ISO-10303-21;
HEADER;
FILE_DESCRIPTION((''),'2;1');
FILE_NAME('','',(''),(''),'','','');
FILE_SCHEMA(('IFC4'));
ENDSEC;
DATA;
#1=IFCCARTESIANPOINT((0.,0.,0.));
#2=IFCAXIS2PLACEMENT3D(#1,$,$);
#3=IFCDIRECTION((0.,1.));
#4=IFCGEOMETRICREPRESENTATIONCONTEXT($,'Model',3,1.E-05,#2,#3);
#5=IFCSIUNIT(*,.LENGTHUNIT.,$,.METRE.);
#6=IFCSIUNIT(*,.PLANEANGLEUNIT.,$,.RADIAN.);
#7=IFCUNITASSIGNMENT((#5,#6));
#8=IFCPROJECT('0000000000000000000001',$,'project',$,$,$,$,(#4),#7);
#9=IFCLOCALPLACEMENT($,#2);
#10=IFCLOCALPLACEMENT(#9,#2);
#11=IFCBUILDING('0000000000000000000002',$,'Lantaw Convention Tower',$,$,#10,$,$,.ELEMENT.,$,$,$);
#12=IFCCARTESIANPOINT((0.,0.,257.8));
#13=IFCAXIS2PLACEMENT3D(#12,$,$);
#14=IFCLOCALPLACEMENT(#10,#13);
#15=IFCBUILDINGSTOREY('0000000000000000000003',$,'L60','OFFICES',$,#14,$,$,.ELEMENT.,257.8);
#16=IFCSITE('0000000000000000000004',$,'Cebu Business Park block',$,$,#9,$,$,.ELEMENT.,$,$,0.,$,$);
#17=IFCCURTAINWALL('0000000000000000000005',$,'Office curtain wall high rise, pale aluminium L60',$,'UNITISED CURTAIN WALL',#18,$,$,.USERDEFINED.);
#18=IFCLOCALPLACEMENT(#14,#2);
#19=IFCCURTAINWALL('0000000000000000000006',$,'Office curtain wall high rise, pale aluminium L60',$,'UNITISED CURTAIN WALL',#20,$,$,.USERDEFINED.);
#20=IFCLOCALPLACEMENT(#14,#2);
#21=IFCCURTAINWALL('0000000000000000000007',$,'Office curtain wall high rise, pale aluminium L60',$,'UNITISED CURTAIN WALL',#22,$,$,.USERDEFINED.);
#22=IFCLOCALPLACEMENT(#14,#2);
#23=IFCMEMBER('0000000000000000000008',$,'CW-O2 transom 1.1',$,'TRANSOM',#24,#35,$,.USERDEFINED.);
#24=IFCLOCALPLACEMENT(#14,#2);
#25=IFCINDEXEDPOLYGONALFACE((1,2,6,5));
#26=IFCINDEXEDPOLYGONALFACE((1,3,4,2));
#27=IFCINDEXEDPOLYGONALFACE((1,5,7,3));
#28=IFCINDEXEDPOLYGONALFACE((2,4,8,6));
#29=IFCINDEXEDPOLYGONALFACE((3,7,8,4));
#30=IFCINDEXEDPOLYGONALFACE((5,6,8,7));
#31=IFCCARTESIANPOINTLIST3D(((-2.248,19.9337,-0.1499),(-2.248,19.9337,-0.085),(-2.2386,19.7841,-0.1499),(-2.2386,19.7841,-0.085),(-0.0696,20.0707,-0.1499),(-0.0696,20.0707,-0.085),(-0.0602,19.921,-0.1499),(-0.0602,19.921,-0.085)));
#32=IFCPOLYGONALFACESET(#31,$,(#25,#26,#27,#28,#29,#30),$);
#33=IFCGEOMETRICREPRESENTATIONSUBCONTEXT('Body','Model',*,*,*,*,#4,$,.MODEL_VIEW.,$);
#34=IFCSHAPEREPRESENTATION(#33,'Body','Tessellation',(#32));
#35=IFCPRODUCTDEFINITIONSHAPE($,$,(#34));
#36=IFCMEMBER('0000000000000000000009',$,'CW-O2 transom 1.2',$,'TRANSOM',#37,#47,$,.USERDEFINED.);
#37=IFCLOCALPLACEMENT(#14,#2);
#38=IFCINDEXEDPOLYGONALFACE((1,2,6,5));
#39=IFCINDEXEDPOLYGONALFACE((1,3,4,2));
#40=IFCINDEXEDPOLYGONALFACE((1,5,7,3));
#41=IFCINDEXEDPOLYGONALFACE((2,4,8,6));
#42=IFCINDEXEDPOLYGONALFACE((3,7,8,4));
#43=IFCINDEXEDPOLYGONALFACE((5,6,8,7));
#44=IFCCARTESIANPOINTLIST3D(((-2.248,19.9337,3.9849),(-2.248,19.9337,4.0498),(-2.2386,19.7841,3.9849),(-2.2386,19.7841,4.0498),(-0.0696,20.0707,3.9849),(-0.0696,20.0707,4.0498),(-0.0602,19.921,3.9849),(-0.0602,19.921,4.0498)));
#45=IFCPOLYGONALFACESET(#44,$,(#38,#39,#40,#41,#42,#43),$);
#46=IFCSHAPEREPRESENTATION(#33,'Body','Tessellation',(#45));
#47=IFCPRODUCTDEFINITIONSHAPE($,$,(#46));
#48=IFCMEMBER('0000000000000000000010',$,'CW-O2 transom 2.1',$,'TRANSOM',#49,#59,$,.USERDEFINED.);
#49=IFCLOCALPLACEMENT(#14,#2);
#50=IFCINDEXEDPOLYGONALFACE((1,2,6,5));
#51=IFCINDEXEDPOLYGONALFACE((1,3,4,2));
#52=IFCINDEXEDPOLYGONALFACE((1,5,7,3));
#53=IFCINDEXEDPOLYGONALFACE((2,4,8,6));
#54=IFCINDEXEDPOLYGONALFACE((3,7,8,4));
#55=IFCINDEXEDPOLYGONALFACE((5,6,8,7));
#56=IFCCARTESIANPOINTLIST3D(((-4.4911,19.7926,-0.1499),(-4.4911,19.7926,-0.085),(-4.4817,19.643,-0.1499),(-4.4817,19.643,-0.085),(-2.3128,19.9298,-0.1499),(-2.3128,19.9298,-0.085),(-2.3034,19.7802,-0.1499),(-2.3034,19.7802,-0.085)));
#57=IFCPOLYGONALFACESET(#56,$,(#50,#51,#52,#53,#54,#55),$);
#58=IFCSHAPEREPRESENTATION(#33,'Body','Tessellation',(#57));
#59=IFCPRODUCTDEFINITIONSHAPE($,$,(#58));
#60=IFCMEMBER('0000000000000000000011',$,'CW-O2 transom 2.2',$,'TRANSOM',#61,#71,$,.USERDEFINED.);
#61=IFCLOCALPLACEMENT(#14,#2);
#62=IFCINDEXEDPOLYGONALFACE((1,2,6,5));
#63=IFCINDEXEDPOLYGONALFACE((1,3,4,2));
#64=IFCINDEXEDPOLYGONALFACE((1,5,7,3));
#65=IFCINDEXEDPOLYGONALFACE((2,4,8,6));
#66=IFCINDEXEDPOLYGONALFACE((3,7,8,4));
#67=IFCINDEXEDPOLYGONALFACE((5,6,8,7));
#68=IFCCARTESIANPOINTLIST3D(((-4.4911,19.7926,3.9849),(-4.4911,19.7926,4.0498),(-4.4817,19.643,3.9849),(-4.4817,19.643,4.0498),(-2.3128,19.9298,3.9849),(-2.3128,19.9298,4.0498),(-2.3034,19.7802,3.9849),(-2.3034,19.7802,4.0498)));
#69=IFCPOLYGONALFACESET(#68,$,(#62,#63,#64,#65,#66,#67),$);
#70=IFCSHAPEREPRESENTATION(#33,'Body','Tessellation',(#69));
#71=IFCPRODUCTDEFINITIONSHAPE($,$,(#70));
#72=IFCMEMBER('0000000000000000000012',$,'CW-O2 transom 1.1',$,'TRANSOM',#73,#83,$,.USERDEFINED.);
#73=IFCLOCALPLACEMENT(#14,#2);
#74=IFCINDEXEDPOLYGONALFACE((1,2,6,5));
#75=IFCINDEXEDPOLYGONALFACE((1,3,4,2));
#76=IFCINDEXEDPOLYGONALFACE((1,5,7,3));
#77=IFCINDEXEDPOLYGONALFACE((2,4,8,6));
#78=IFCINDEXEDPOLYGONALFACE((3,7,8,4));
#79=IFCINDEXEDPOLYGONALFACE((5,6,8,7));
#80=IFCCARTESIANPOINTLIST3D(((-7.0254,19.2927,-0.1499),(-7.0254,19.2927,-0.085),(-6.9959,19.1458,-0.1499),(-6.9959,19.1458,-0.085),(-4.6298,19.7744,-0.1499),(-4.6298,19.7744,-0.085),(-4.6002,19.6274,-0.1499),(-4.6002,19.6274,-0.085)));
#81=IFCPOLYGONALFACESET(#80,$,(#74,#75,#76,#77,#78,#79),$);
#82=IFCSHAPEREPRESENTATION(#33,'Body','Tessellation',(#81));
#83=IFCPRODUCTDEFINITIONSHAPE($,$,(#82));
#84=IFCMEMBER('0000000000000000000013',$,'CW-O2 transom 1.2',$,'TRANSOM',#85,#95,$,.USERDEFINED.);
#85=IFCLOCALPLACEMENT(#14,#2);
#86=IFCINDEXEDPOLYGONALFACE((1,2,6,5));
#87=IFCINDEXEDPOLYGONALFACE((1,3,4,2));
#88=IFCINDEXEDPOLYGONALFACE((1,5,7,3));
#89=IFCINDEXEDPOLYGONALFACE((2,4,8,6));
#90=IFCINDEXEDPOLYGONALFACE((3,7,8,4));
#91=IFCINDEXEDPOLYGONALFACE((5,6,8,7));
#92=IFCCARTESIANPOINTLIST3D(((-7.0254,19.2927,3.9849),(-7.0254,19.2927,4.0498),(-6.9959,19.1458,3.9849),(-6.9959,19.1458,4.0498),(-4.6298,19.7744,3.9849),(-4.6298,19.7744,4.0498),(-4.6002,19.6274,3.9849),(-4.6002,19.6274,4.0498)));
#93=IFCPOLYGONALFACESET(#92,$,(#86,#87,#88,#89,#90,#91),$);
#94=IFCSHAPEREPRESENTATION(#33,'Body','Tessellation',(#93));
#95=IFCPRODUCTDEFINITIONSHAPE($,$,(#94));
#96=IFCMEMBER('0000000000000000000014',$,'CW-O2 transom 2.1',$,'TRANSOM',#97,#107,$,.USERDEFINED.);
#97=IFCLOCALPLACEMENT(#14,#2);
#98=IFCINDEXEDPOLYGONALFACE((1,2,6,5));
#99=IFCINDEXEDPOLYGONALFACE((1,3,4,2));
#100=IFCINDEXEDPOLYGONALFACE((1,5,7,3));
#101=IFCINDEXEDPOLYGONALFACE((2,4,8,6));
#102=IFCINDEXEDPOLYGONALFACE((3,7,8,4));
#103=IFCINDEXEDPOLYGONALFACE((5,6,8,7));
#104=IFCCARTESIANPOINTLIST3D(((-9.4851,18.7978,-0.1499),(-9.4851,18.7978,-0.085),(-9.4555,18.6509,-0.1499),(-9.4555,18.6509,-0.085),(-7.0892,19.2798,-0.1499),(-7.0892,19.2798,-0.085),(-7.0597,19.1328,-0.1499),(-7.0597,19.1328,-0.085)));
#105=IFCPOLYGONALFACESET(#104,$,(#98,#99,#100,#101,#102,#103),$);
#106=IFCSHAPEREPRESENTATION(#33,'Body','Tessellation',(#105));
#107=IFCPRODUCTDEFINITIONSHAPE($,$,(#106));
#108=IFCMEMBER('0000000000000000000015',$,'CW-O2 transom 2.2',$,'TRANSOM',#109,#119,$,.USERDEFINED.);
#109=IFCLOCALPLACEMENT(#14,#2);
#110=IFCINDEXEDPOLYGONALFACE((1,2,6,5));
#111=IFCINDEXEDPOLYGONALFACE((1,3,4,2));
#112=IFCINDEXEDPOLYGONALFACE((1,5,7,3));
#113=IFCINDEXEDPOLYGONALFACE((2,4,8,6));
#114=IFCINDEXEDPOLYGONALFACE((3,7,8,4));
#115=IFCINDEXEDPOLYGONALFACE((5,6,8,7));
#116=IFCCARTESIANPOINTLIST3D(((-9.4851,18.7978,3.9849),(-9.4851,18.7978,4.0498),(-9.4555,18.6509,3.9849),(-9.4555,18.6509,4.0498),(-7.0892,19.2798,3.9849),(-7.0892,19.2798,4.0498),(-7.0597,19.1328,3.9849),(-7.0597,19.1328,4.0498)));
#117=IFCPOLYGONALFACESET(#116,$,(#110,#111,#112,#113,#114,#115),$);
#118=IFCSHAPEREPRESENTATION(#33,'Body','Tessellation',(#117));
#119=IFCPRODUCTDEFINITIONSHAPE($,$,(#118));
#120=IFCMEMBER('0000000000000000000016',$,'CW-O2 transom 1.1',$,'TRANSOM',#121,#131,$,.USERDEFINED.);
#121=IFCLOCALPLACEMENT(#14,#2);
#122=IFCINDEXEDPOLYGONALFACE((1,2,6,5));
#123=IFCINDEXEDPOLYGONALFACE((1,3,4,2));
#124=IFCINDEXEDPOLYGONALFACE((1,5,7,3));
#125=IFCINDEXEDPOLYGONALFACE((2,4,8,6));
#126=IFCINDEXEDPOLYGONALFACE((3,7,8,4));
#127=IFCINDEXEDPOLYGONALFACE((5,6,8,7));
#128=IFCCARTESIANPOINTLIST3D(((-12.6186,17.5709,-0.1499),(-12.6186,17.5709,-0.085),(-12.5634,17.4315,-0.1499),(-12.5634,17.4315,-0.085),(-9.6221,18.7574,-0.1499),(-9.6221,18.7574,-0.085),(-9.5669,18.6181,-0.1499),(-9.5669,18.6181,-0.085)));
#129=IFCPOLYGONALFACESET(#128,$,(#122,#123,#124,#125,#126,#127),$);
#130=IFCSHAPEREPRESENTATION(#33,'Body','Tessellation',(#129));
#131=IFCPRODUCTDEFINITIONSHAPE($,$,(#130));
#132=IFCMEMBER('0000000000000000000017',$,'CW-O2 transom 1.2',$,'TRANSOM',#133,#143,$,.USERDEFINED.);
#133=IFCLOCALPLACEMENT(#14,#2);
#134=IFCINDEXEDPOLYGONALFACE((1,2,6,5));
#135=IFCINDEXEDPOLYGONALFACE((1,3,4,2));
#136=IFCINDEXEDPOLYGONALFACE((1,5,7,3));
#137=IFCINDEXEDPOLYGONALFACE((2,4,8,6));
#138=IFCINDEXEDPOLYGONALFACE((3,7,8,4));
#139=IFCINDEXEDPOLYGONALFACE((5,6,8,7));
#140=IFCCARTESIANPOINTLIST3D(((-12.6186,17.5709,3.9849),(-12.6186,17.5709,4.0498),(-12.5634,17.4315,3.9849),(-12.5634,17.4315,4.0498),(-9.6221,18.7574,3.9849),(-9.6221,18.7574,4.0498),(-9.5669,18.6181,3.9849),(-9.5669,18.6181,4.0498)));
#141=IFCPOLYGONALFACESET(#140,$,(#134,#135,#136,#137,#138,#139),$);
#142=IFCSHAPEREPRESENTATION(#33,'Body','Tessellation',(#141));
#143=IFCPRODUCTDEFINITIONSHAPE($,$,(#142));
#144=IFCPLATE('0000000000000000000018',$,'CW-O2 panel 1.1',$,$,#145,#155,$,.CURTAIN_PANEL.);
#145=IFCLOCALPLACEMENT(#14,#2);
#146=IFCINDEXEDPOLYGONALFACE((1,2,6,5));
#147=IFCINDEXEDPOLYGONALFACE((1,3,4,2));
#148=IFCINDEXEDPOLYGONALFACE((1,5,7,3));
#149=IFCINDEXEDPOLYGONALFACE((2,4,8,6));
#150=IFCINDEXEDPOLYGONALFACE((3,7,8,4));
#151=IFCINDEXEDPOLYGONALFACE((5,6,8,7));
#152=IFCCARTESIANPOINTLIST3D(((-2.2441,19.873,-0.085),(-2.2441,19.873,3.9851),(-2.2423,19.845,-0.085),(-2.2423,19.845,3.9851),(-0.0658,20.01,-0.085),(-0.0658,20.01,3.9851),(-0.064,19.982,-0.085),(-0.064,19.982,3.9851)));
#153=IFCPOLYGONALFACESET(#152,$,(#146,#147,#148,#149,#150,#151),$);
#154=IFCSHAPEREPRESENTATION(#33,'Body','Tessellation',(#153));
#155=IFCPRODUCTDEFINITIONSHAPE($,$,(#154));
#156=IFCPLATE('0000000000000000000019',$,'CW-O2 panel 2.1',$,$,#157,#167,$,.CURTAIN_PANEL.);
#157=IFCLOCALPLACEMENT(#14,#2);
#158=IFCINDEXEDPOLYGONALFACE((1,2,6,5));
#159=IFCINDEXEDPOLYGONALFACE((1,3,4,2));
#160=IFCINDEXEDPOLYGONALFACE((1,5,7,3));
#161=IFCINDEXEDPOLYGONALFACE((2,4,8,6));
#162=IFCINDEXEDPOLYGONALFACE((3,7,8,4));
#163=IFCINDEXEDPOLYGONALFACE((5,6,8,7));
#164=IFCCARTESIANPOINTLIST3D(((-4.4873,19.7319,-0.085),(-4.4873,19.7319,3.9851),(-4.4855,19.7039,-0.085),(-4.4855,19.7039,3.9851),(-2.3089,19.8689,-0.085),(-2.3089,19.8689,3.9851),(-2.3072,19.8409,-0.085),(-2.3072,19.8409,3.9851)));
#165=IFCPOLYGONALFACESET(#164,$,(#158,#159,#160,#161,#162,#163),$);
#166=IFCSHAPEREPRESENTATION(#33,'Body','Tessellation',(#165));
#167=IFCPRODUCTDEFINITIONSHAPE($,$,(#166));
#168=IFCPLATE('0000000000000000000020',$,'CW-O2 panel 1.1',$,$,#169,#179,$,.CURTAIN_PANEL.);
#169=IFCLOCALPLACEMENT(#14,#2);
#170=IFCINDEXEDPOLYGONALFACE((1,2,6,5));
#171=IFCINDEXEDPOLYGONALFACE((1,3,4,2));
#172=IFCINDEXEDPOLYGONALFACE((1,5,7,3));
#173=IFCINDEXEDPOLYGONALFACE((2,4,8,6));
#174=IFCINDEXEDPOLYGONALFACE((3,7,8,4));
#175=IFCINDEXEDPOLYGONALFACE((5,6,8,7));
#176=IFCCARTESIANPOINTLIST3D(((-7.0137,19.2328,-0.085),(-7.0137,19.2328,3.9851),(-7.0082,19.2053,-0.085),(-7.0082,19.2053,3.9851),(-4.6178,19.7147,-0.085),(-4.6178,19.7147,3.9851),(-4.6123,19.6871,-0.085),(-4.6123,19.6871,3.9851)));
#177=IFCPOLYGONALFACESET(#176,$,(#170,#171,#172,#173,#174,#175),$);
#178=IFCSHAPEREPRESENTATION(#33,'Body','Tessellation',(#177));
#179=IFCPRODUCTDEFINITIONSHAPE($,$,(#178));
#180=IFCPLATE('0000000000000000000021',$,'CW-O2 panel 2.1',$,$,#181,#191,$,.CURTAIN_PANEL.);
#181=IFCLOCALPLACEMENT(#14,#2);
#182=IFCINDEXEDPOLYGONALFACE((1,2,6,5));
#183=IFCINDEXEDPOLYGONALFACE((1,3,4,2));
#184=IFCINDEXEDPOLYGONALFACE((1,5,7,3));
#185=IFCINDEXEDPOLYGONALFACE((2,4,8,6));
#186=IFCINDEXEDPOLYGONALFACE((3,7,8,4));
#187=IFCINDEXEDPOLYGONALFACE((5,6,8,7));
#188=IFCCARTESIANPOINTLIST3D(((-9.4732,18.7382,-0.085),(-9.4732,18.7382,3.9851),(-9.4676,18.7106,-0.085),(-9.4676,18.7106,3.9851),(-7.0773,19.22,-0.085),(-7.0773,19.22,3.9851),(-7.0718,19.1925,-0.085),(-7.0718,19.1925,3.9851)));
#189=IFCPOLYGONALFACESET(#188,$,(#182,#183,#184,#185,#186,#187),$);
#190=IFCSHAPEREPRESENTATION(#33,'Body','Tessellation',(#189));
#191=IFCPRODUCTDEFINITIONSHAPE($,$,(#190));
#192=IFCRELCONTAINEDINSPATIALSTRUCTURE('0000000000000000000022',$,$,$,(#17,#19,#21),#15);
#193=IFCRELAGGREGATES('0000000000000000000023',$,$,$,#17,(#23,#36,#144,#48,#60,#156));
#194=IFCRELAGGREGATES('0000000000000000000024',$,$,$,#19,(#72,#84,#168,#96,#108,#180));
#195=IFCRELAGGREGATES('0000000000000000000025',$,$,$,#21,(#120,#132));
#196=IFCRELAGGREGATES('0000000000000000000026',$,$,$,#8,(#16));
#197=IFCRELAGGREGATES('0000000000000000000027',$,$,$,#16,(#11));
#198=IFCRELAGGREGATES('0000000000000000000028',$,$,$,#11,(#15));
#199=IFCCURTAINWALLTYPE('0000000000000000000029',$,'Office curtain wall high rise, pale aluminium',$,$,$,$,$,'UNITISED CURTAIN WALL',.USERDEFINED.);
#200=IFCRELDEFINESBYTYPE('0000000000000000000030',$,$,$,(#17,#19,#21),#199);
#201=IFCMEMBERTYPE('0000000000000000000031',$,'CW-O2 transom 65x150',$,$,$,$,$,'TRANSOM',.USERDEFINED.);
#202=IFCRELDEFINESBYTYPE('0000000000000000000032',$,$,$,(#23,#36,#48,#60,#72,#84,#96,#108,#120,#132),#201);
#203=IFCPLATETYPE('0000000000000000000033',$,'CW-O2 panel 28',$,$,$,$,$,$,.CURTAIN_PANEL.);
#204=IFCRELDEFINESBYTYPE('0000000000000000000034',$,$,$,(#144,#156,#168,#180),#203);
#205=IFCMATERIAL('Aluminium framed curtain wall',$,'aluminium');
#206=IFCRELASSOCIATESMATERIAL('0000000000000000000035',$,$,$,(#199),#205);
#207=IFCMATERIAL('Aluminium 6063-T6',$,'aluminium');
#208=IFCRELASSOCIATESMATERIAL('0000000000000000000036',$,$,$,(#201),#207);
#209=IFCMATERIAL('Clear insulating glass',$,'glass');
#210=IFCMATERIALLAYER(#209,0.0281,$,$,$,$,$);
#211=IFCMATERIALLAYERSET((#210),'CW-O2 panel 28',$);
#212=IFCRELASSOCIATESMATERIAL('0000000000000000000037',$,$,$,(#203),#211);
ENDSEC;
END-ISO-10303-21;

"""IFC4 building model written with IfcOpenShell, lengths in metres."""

from ifc_helpers import new_model, si_unit, direction, frame, origin, origin_2d, place, context, subcontext, project, spatial, rectangle, extrude, material, layer, layer_set, material_profile, profile_set, type_object, element, aggregate, save


model = new_model("IFC4")

# Units and contexts
model_context = context("Model", 3, precision=1e-05, world=origin(), true_north=direction((0.0, 1.0)))
body_context = subcontext(model_context, "Body", "Model", "MODEL_VIEW")
ifc_project = project(units=[si_unit("LENGTHUNIT", "METRE"), si_unit("PLANEANGLEUNIT", "RADIAN")], contexts=[model_context])

# Site, building, storey
site_placement = place(None, origin())
site = spatial("IfcSite", under=ifc_project, at=site_placement, Name="Cebu Business Park block", CompositionType="ELEMENT", RefElevation=0.0)
building_placement = place(site_placement, origin())
building = spatial("IfcBuilding", under=site, at=building_placement, Name="Lantaw Convention Tower", CompositionType="ELEMENT")
storey_placement = place(building_placement, frame((0.0, 0.0, 257.8)))
storey = spatial("IfcBuildingStorey", under=building, at=storey_placement, Name="L60", Description="OFFICES", CompositionType="ELEMENT", Elevation=257.8)

# Curtain walls
ifc_material_1 = material(Name="Aluminium framed curtain wall", Category="aluminium")
curtain_wall_type = type_object("IfcCurtainWallType", Name="Office curtain wall high rise, pale aluminium", ElementType="UNITISED CURTAIN WALL", PredefinedType="USERDEFINED", material=ifc_material_1)
curtain_wall_1_placement = place(storey_placement, origin())
curtain_wall_1 = element("IfcCurtainWall", 1, at=curtain_wall_1_placement, inside=storey, type_object=curtain_wall_type, Name="Office curtain wall high rise, pale aluminium L60", ObjectType="UNITISED CURTAIN WALL", PredefinedType="USERDEFINED")
ifc_material_2 = material(Name="Aluminium 6063-T6", Category="aluminium")
curtain_wall_2_placement = place(storey_placement, origin())
curtain_wall_2 = element("IfcCurtainWall", 2, at=curtain_wall_2_placement, inside=storey, type_object=curtain_wall_type, Name="Office curtain wall high rise, pale aluminium L60", ObjectType="UNITISED CURTAIN WALL", PredefinedType="USERDEFINED")

# Curtain wall
curtain_wall_3_placement = place(storey_placement, origin())
curtain_wall_3 = element("IfcCurtainWall", 3, at=curtain_wall_3_placement, inside=storey, type_object=curtain_wall_type, Name="Office curtain wall high rise, pale aluminium L60", ObjectType="UNITISED CURTAIN WALL", PredefinedType="USERDEFINED")

# Members
ifc_material_profile_1 = material_profile(ifc_material_2, rectangle(XDim=0.1499, YDim=0.0649, at=origin_2d()), Name="CW-O2 transom 65x150")
ifc_profile_set_1 = profile_set([ifc_material_profile_1], Name="Aluminium 6063-T6")
member_type_1 = type_object("IfcMemberType", Name="CW-O2 transom 65x150", ElementType="TRANSOM", PredefinedType="USERDEFINED", material=ifc_profile_set_1)
member_1_placement = place(storey_placement, frame((-0.0649, 19.9958, -0.1174), z_axis=(-0.998029, -0.062754, 0.0), x_axis=(0.062754, -0.998029, 0.0)))
member_1 = element("IfcMember", 4, at=member_1_placement, type_object=member_type_1, Name="CW-O2 transom 1.1", ObjectType="TRANSOM", PredefinedType="USERDEFINED", context=body_context, shape_type="SweptSolid", body=[
    extrude(rectangle(XDim=0.1499, YDim=0.0649, at=origin_2d()), origin(), (0.0, 0.0, 1.0), 2.1826),
])
member_2_placement = place(storey_placement, frame((-0.0649, 19.9958, 4.0173), z_axis=(-0.998029, -0.062754, 0.0), x_axis=(0.062754, -0.998029, 0.0)))
member_2 = element("IfcMember", 5, at=member_2_placement, type_object=member_type_1, Name="CW-O2 transom 1.2", ObjectType="TRANSOM", PredefinedType="USERDEFINED", context=body_context, shape_type="SweptSolid", body=[
    extrude(rectangle(XDim=0.1499, YDim=0.0649, at=origin_2d()), origin(), (0.0, 0.0, 1.0), 2.1826),
])
member_3_placement = place(storey_placement, frame((-2.3081, 19.855, -0.1174), z_axis=(-0.998022, -0.062866, 0.0), x_axis=(0.062866, -0.998022, 0.0)))
member_3 = element("IfcMember", 6, at=member_3_placement, type_object=member_type_1, Name="CW-O2 transom 2.1", ObjectType="TRANSOM", PredefinedType="USERDEFINED", context=body_context, shape_type="SweptSolid", body=[
    extrude(rectangle(XDim=0.1499, YDim=0.0649, at=origin_2d()), origin(), (0.0, 0.0, 1.0), 2.1826),
])
member_4_placement = place(storey_placement, frame((-2.3081, 19.855, 4.0173), z_axis=(-0.998022, -0.062866, 0.0), x_axis=(0.062866, -0.998022, 0.0)))
member_4 = element("IfcMember", 7, at=member_4_placement, type_object=member_type_1, Name="CW-O2 transom 2.2", ObjectType="TRANSOM", PredefinedType="USERDEFINED", context=body_context, shape_type="SweptSolid", body=[
    extrude(rectangle(XDim=0.1499, YDim=0.0649, at=origin_2d()), origin(), (0.0, 0.0, 1.0), 2.1826),
])
member_5_placement = place(storey_placement, frame((-4.615, 19.7009, -0.1174), z_axis=(-0.98038, -0.197115, 0.0), x_axis=(0.197115, -0.98038, 0.0)))
member_5 = element("IfcMember", 8, at=member_5_placement, type_object=member_type_1, Name="CW-O2 transom 1.1", ObjectType="TRANSOM", PredefinedType="USERDEFINED", context=body_context, shape_type="SweptSolid", body=[
    extrude(rectangle(XDim=0.1499, YDim=0.0649, at=origin_2d()), origin(), (0.0, 0.0, 1.0), 2.4436),
])
member_6_placement = place(storey_placement, frame((-4.615, 19.7009, 4.0173), z_axis=(-0.98038, -0.197115, 0.0), x_axis=(0.197115, -0.98038, 0.0)))
member_6 = element("IfcMember", 9, at=member_6_placement, type_object=member_type_1, Name="CW-O2 transom 1.2", ObjectType="TRANSOM", PredefinedType="USERDEFINED", context=body_context, shape_type="SweptSolid", body=[
    extrude(rectangle(XDim=0.1499, YDim=0.0649, at=origin_2d()), origin(), (0.0, 0.0, 1.0), 2.4436),
])
member_7_placement = place(storey_placement, frame((-7.0745, 19.2063, -0.1174), z_axis=(-0.980361, -0.197211, 0.0), x_axis=(0.197211, -0.980361, 0.0)))
member_7 = element("IfcMember", 10, at=member_7_placement, type_object=member_type_1, Name="CW-O2 transom 2.1", ObjectType="TRANSOM", PredefinedType="USERDEFINED", context=body_context, shape_type="SweptSolid", body=[
    extrude(rectangle(XDim=0.1499, YDim=0.0649, at=origin_2d()), origin(), (0.0, 0.0, 1.0), 2.4438),
])
member_8_placement = place(storey_placement, frame((-7.0745, 19.2063, 4.0173), z_axis=(-0.980361, -0.197211, 0.0), x_axis=(0.197211, -0.980361, 0.0)))
member_8 = element("IfcMember", 11, at=member_8_placement, type_object=member_type_1, Name="CW-O2 transom 2.2", ObjectType="TRANSOM", PredefinedType="USERDEFINED", context=body_context, shape_type="SweptSolid", body=[
    extrude(rectangle(XDim=0.1499, YDim=0.0649, at=origin_2d()), origin(), (0.0, 0.0, 1.0), 2.4438),
])
member_9_placement = place(storey_placement, frame((-9.5945, 18.6877, -0.1174), z_axis=(-0.929767, -0.368149, 0.0), x_axis=(0.368149, -0.929767, 0.0)))
member_9 = element("IfcMember", 12, at=member_9_placement, type_object=member_type_1, Name="CW-O2 transom 1.1", ObjectType="TRANSOM", PredefinedType="USERDEFINED", context=body_context, shape_type="SweptSolid", body=[
    extrude(rectangle(XDim=0.1499, YDim=0.0649, at=origin_2d()), origin(), (0.0, 0.0, 1.0), 3.2229),
])
member_10_placement = place(storey_placement, frame((-9.5945, 18.6877, 4.0173), z_axis=(-0.929767, -0.368149, 0.0), x_axis=(0.368149, -0.929767, 0.0)))
member_10 = element("IfcMember", 13, at=member_10_placement, type_object=member_type_1, Name="CW-O2 transom 1.2", ObjectType="TRANSOM", PredefinedType="USERDEFINED", context=body_context, shape_type="SweptSolid", body=[
    extrude(rectangle(XDim=0.1499, YDim=0.0649, at=origin_2d()), origin(), (0.0, 0.0, 1.0), 3.2229),
])

# Plates
ifc_material_3 = material(Name="Clear insulating glass", Category="glass")
ifc_layer_1 = layer(ifc_material_3, 0.0281)
ifc_layer_set_1 = layer_set([ifc_layer_1], Name="CW-O2 panel 28")
plate_type_1 = type_object("IfcPlateType", Name="CW-O2 panel 28", PredefinedType="CURTAIN_PANEL", material=ifc_layer_set_1)
plate_1_placement = place(storey_placement, frame((-1.1541, 19.9275, -0.085), z_axis=(0.0, 0.0, 1.0), x_axis=(-0.998029, -0.062758, 0.0)))
plate_1 = element("IfcPlate", 14, at=plate_1_placement, type_object=plate_type_1, Name="CW-O2 panel 1.1", PredefinedType="CURTAIN_PANEL", context=body_context, shape_type="SweptSolid", body=[
    extrude(rectangle(XDim=2.1826, YDim=0.0281, at=origin_2d()), origin(), (0.0, 0.0, 1.0), 4.0701),
])
plate_2_placement = place(storey_placement, frame((-3.3972, 19.7864, -0.085), z_axis=(0.0, 0.0, 1.0), x_axis=(-0.998029, -0.062758, 0.0)))
plate_2 = element("IfcPlate", 15, at=plate_2_placement, type_object=plate_type_1, Name="CW-O2 panel 2.1", PredefinedType="CURTAIN_PANEL", context=body_context, shape_type="SweptSolid", body=[
    extrude(rectangle(XDim=2.1826, YDim=0.0281, at=origin_2d()), origin(), (0.0, 0.0, 1.0), 4.0701),
])
aggregate(curtain_wall_1, [member_1, member_2, plate_1, member_3, member_4, plate_2])
plate_3_placement = place(storey_placement, frame((-5.813, 19.46, -0.085), z_axis=(0.0, 0.0, 1.0), x_axis=(-0.980367, -0.197183, 0.0)))
plate_3 = element("IfcPlate", 16, at=plate_3_placement, type_object=plate_type_1, Name="CW-O2 panel 1.1", PredefinedType="CURTAIN_PANEL", context=body_context, shape_type="SweptSolid", body=[
    extrude(rectangle(XDim=2.4438, YDim=0.0281, at=origin_2d()), origin(), (0.0, 0.0, 1.0), 4.0701),
])
plate_4_placement = place(storey_placement, frame((-8.2725, 18.9653, -0.085), z_axis=(0.0, 0.0, 1.0), x_axis=(-0.980367, -0.197183, 0.0)))
plate_4 = element("IfcPlate", 17, at=plate_4_placement, type_object=plate_type_1, Name="CW-O2 panel 2.1", PredefinedType="CURTAIN_PANEL", context=body_context, shape_type="SweptSolid", body=[
    extrude(rectangle(XDim=2.4438, YDim=0.0281, at=origin_2d()), origin(), (0.0, 0.0, 1.0), 4.0701),
])
aggregate(curtain_wall_2, [member_5, member_6, plate_3, member_7, member_8, plate_4])
aggregate(curtain_wall_3, [member_9, member_10])

save(model, "model.ifc")
